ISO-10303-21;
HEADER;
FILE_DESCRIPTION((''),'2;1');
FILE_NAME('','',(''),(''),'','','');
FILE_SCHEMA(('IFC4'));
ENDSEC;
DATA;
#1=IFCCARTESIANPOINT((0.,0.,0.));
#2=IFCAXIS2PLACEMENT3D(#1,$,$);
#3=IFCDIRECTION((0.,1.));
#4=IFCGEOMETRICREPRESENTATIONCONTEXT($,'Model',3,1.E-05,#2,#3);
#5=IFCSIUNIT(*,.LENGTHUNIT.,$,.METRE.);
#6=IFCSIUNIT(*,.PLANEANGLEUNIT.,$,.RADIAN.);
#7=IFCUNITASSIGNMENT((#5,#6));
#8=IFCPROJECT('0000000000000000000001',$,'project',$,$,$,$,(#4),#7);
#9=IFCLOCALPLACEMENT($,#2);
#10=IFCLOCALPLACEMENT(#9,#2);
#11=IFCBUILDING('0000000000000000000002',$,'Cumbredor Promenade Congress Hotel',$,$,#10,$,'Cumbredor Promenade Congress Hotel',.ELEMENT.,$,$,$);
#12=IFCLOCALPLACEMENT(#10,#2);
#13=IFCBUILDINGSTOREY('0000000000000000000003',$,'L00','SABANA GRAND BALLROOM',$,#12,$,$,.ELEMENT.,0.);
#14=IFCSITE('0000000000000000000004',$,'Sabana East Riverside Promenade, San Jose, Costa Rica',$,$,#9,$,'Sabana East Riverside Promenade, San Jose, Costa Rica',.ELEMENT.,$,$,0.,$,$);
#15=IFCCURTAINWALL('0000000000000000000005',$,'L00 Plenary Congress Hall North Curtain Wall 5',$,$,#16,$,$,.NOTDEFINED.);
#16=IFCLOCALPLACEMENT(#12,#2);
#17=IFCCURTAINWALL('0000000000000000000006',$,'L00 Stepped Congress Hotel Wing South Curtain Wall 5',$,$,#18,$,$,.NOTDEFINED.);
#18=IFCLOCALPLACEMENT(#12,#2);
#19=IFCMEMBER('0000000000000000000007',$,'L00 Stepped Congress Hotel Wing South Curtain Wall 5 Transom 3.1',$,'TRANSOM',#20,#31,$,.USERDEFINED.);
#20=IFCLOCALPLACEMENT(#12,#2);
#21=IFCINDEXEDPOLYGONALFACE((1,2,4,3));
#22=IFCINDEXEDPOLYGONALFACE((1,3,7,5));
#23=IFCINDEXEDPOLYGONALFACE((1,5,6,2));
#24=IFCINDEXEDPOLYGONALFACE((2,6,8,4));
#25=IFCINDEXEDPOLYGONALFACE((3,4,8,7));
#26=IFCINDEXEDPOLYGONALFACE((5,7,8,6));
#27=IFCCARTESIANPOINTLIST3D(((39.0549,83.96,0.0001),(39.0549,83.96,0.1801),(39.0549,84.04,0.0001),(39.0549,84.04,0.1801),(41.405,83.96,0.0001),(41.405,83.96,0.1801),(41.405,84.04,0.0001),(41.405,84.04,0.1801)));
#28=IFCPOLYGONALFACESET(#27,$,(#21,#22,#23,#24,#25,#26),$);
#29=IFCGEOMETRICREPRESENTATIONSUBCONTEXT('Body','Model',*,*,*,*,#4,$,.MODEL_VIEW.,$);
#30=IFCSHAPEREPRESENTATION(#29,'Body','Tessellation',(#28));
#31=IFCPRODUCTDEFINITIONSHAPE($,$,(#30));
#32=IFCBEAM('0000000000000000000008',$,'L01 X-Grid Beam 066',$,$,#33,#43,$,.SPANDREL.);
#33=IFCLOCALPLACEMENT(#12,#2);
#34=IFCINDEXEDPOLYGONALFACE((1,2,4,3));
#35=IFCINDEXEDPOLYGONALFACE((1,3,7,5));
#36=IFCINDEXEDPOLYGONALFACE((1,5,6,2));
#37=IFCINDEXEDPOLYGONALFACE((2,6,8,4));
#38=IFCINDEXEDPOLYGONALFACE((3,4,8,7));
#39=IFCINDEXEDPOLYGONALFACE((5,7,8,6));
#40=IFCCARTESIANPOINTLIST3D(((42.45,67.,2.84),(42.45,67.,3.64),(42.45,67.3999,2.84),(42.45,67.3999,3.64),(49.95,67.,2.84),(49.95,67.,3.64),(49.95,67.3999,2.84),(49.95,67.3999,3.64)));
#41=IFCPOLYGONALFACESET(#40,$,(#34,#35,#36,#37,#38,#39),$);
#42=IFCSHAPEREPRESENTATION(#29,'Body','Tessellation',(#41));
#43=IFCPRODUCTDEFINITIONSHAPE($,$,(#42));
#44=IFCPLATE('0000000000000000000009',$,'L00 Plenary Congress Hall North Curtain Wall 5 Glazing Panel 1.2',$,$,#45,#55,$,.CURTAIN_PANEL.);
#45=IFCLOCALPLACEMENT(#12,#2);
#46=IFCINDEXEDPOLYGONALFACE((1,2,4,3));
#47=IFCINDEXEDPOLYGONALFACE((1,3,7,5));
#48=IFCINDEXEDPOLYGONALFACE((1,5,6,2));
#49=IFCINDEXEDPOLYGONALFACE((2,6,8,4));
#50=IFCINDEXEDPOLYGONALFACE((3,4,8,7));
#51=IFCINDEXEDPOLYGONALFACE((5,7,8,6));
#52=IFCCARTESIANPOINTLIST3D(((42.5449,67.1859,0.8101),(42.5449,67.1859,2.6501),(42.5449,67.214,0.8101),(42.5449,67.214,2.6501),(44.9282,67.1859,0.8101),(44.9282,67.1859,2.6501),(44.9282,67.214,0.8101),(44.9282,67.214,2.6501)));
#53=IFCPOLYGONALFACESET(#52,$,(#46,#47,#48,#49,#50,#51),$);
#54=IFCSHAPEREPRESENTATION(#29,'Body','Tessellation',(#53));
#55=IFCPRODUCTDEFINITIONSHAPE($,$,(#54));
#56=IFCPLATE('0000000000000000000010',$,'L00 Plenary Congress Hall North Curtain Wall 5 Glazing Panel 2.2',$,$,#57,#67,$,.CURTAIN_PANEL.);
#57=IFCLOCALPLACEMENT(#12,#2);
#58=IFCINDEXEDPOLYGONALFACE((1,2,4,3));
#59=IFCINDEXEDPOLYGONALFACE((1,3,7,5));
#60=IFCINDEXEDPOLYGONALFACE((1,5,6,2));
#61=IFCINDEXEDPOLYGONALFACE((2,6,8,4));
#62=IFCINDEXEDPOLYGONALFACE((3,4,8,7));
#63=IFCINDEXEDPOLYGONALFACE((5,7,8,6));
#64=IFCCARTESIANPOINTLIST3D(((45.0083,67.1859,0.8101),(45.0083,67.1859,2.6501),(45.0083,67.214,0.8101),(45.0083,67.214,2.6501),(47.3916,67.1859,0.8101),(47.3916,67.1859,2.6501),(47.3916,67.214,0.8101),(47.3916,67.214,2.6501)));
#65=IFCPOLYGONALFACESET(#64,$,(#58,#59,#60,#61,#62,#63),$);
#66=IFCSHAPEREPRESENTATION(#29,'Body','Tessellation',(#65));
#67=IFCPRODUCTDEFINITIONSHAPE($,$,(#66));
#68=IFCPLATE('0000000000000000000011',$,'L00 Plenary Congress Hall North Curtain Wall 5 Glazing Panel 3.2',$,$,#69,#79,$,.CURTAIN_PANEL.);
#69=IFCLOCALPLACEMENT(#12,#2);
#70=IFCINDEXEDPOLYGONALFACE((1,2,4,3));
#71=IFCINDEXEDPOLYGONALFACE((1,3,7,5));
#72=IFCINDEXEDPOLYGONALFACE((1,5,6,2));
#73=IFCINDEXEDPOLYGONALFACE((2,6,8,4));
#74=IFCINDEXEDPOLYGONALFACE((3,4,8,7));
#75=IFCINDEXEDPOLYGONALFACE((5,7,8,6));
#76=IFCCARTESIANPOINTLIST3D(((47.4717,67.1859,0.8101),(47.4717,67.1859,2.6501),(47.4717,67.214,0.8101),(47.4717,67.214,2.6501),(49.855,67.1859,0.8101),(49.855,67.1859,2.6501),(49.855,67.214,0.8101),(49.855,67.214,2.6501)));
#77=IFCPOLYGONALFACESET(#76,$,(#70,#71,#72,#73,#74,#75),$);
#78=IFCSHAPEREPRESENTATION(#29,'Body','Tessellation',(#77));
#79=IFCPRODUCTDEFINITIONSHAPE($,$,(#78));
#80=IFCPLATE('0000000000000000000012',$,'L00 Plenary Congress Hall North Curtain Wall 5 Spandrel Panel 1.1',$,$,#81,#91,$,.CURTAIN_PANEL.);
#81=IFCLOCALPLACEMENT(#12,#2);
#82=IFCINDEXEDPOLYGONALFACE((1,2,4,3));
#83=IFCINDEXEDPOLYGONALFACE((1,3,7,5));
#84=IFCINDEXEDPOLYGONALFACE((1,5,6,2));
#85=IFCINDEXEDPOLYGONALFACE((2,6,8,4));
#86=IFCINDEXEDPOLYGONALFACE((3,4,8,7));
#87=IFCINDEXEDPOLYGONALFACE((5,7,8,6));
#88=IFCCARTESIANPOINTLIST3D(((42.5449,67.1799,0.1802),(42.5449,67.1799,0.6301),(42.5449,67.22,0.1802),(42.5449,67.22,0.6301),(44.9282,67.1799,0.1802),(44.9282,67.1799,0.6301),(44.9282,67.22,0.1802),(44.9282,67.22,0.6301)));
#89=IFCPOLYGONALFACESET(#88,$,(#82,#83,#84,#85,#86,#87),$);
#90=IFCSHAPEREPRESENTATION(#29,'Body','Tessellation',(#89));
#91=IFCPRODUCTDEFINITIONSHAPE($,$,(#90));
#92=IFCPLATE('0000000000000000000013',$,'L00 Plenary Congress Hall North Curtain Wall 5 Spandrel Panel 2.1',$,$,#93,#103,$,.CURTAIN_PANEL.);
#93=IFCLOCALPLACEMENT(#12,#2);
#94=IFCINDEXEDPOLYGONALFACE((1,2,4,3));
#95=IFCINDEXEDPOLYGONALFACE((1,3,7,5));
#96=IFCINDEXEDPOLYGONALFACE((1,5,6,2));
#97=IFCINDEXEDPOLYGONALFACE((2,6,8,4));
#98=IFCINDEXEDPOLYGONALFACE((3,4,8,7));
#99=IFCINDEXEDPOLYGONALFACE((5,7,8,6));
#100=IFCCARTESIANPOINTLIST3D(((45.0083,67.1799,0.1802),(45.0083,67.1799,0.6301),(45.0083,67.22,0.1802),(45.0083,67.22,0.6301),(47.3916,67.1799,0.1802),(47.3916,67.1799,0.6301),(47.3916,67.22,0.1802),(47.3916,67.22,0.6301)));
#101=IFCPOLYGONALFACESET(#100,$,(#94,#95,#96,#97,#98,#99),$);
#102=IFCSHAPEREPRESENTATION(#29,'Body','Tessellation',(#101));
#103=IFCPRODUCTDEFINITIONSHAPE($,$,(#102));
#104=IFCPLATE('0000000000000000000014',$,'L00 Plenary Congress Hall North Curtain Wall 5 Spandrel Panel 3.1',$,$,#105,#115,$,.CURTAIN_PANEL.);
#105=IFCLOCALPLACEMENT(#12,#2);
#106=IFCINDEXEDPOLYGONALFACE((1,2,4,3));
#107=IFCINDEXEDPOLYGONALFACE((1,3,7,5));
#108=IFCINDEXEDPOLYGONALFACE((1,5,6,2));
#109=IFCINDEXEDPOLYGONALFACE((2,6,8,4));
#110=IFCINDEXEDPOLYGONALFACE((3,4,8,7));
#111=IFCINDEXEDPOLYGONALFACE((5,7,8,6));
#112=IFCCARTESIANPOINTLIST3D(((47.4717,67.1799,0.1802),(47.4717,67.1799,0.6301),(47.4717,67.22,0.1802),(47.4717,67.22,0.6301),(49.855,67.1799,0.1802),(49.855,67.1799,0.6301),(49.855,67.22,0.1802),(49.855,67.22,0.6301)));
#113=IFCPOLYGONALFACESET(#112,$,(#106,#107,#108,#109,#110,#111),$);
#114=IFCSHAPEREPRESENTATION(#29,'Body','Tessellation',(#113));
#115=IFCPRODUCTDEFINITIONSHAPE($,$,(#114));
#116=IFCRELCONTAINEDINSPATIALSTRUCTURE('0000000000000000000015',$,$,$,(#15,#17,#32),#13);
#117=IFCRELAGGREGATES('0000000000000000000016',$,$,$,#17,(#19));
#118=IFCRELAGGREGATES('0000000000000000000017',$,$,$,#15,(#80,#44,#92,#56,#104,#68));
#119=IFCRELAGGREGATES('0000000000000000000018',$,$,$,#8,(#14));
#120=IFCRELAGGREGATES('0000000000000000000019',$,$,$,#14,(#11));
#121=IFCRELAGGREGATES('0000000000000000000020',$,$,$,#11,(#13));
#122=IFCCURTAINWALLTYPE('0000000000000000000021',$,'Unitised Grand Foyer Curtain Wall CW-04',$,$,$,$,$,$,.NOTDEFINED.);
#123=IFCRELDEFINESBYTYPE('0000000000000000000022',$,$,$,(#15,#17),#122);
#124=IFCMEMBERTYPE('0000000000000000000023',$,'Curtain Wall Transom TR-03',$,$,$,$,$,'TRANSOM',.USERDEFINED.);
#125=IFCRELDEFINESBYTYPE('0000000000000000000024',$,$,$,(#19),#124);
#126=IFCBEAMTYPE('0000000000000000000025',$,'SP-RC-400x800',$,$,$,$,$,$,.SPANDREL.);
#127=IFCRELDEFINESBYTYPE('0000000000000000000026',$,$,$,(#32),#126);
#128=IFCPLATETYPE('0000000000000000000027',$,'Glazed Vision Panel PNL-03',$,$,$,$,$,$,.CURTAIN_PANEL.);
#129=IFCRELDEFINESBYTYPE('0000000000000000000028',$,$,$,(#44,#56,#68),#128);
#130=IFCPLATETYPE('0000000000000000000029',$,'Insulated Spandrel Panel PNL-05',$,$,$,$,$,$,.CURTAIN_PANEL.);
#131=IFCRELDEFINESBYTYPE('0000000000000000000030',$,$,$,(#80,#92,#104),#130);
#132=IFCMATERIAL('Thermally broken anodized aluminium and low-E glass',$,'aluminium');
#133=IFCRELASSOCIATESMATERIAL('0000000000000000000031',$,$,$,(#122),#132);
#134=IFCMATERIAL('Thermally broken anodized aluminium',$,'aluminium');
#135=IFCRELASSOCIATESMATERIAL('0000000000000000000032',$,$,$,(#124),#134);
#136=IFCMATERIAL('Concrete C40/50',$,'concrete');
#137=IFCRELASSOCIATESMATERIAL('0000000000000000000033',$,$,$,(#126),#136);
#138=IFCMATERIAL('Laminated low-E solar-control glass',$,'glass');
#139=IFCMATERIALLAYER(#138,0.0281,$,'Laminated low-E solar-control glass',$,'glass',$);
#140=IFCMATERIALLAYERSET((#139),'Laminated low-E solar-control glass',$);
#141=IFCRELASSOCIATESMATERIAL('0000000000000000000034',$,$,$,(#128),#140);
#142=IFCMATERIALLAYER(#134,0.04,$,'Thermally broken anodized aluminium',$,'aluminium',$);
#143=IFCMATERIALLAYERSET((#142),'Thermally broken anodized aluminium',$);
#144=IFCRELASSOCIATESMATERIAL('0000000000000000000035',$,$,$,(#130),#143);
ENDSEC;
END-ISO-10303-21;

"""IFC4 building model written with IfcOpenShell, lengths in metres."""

from ifc_helpers import new_model, si_unit, direction, frame, origin, origin_2d, place, context, subcontext, project, spatial, rectangle, extrude, material, layer, layer_set, material_profile, profile_set, type_object, element, aggregate, save


model = new_model("IFC4")

# Units and contexts
model_context = context("Model", 3, precision=1e-05, world=origin(), true_north=direction((0.0, 1.0)))
body_context = subcontext(model_context, "Body", "Model", "MODEL_VIEW")
ifc_project = project(units=[si_unit("LENGTHUNIT", "METRE"), si_unit("PLANEANGLEUNIT", "RADIAN")], contexts=[model_context])

# Site, building, storey
site_placement = place(None, origin())
site = spatial("IfcSite", under=ifc_project, at=site_placement, Name="Sabana East Riverside Promenade, San Jose, Costa Rica", LongName="Sabana East Riverside Promenade, San Jose, Costa Rica", CompositionType="ELEMENT", RefElevation=0.0)
building_placement = place(site_placement, origin())
building = spatial("IfcBuilding", under=site, at=building_placement, Name="Cumbredor Promenade Congress Hotel", LongName="Cumbredor Promenade Congress Hotel", CompositionType="ELEMENT")
storey_placement = place(building_placement, origin())
storey = spatial("IfcBuildingStorey", under=building, at=storey_placement, Name="L00", Description="SABANA GRAND BALLROOM", CompositionType="ELEMENT", Elevation=0.0)

# Curtain wall
ifc_material_1 = material(Name="Thermally broken anodized aluminium and low-E glass", Category="aluminium")
curtain_wall_type = type_object("IfcCurtainWallType", Name="Unitised Grand Foyer Curtain Wall CW-04", PredefinedType="NOTDEFINED", material=ifc_material_1)
curtain_wall_1_placement = place(storey_placement, origin())
curtain_wall_1 = element("IfcCurtainWall", 1, at=curtain_wall_1_placement, inside=storey, type_object=curtain_wall_type, Name="L00 Plenary Congress Hall North Curtain Wall 5", PredefinedType="NOTDEFINED")
ifc_material_2 = material(Name="Thermally broken anodized aluminium", Category="aluminium")
ifc_material_profile_1 = material_profile(ifc_material_2, rectangle(XDim=0.0801, YDim=0.1799, at=origin_2d()), Name="ALU TRANSOM 80x180")
ifc_profile_set_1 = profile_set([ifc_material_profile_1], Name="Thermally broken anodized aluminium")
member_type_1 = type_object("IfcMemberType", Name="Curtain Wall Transom TR-03", ElementType="TRANSOM", PredefinedType="USERDEFINED", material=ifc_profile_set_1)

# Curtain wall, member
curtain_wall_2_placement = place(storey_placement, origin())
curtain_wall_2 = element("IfcCurtainWall", 2, at=curtain_wall_2_placement, inside=storey, type_object=curtain_wall_type, Name="L00 Stepped Congress Hotel Wing South Curtain Wall 5", PredefinedType="NOTDEFINED")
member_1_placement = place(storey_placement, frame((39.0549, 84.0, 0.0901), z_axis=(1.0, 0.0, 0.0), x_axis=(0.0, 1.0, 0.0)))
member_1 = element("IfcMember", 3, at=member_1_placement, type_object=member_type_1, Name="L00 Stepped Congress Hotel Wing South Curtain Wall 5 Transom 3.1", ObjectType="TRANSOM", PredefinedType="USERDEFINED", context=body_context, shape_type="SweptSolid", body=[
    extrude(rectangle(XDim=0.0801, YDim=0.1799, at=origin_2d()), origin(), (0.0, 0.0, 1.0), 2.3501),
])
aggregate(curtain_wall_2, [member_1])

# Beam
ifc_material_3 = material(Name="Concrete C40/50", Category="concrete")
ifc_material_profile_2 = material_profile(ifc_material_3, rectangle(XDim=0.3999, YDim=0.8, at=origin_2d()), Name="RC SPANDREL 400x800")
ifc_profile_set_2 = profile_set([ifc_material_profile_2], Name="Concrete C40/50")
beam_type = type_object("IfcBeamType", Name="SP-RC-400x800", PredefinedType="SPANDREL", material=ifc_profile_set_2)
beam_placement = place(storey_placement, frame((42.45, 67.2, 3.24), z_axis=(1.0, 0.0, 0.0), x_axis=(0.0, 1.0, 0.0)))
element("IfcBeam", 4, at=beam_placement, inside=storey, type_object=beam_type, Name="L01 X-Grid Beam 066", PredefinedType="SPANDREL", context=body_context, shape_type="SweptSolid", body=[
    extrude(rectangle(XDim=0.3999, YDim=0.8, at=origin_2d()), origin(), (0.0, 0.0, 1.0), 7.5),
])

# Plates
ifc_material_4 = material(Name="Laminated low-E solar-control glass", Category="glass")
ifc_layer_1 = layer(ifc_material_4, 0.0281, Name="Laminated low-E solar-control glass", Category="glass")
ifc_layer_set_1 = layer_set([ifc_layer_1], Name="Laminated low-E solar-control glass")
plate_type_1 = type_object("IfcPlateType", Name="Glazed Vision Panel PNL-03", PredefinedType="CURTAIN_PANEL", material=ifc_layer_set_1)
plate_1_placement = place(storey_placement, frame((43.7366, 67.2, 0.8101), z_axis=(0.0, 0.0, 1.0), x_axis=(1.0, 0.0, 0.0)))
plate_1 = element("IfcPlate", 5, at=plate_1_placement, type_object=plate_type_1, Name="L00 Plenary Congress Hall North Curtain Wall 5 Glazing Panel 1.2", PredefinedType="CURTAIN_PANEL", context=body_context, shape_type="SweptSolid", body=[
    extrude(rectangle(XDim=2.3833, YDim=0.0281, at=origin_2d()), origin(), (0.0, 0.0, 1.0), 1.8401),
])
plate_2_placement = place(storey_placement, frame((46.2, 67.2, 0.8101), z_axis=(0.0, 0.0, 1.0), x_axis=(1.0, 0.0, 0.0)))
plate_2 = element("IfcPlate", 6, at=plate_2_placement, type_object=plate_type_1, Name="L00 Plenary Congress Hall North Curtain Wall 5 Glazing Panel 2.2", PredefinedType="CURTAIN_PANEL", context=body_context, shape_type="SweptSolid", body=[
    extrude(rectangle(XDim=2.3833, YDim=0.0281, at=origin_2d()), origin(), (0.0, 0.0, 1.0), 1.8401),
])
plate_3_placement = place(storey_placement, frame((48.6633, 67.2, 0.8101), z_axis=(0.0, 0.0, 1.0), x_axis=(1.0, 0.0, 0.0)))
plate_3 = element("IfcPlate", 7, at=plate_3_placement, type_object=plate_type_1, Name="L00 Plenary Congress Hall North Curtain Wall 5 Glazing Panel 3.2", PredefinedType="CURTAIN_PANEL", context=body_context, shape_type="SweptSolid", body=[
    extrude(rectangle(XDim=2.3833, YDim=0.0281, at=origin_2d()), origin(), (0.0, 0.0, 1.0), 1.8401),
])
ifc_layer_2 = layer(ifc_material_2, 0.04, Name="Thermally broken anodized aluminium", Category="aluminium")
ifc_layer_set_2 = layer_set([ifc_layer_2], Name="Thermally broken anodized aluminium")
plate_type_2 = type_object("IfcPlateType", Name="Insulated Spandrel Panel PNL-05", PredefinedType="CURTAIN_PANEL", material=ifc_layer_set_2)
plate_4_placement = place(storey_placement, frame((43.7366, 67.2, 0.1802), z_axis=(0.0, 0.0, 1.0), x_axis=(1.0, 0.0, 0.0)))
plate_4 = element("IfcPlate", 8, at=plate_4_placement, type_object=plate_type_2, Name="L00 Plenary Congress Hall North Curtain Wall 5 Spandrel Panel 1.1", PredefinedType="CURTAIN_PANEL", context=body_context, shape_type="SweptSolid", body=[
    extrude(rectangle(XDim=2.3833, YDim=0.04, at=origin_2d()), origin(), (0.0, 0.0, 1.0), 0.45),
])
plate_5_placement = place(storey_placement, frame((46.2, 67.2, 0.1802), z_axis=(0.0, 0.0, 1.0), x_axis=(1.0, 0.0, 0.0)))
plate_5 = element("IfcPlate", 9, at=plate_5_placement, type_object=plate_type_2, Name="L00 Plenary Congress Hall North Curtain Wall 5 Spandrel Panel 2.1", PredefinedType="CURTAIN_PANEL", context=body_context, shape_type="SweptSolid", body=[
    extrude(rectangle(XDim=2.3833, YDim=0.04, at=origin_2d()), origin(), (0.0, 0.0, 1.0), 0.45),
])
plate_6_placement = place(storey_placement, frame((48.6633, 67.2, 0.1802), z_axis=(0.0, 0.0, 1.0), x_axis=(1.0, 0.0, 0.0)))
plate_6 = element("IfcPlate", 10, at=plate_6_placement, type_object=plate_type_2, Name="L00 Plenary Congress Hall North Curtain Wall 5 Spandrel Panel 3.1", PredefinedType="CURTAIN_PANEL", context=body_context, shape_type="SweptSolid", body=[
    extrude(rectangle(XDim=2.3833, YDim=0.04, at=origin_2d()), origin(), (0.0, 0.0, 1.0), 0.45),
])
aggregate(curtain_wall_1, [plate_4, plate_1, plate_5, plate_2, plate_6, plate_3])

save(model, "model.ifc")
